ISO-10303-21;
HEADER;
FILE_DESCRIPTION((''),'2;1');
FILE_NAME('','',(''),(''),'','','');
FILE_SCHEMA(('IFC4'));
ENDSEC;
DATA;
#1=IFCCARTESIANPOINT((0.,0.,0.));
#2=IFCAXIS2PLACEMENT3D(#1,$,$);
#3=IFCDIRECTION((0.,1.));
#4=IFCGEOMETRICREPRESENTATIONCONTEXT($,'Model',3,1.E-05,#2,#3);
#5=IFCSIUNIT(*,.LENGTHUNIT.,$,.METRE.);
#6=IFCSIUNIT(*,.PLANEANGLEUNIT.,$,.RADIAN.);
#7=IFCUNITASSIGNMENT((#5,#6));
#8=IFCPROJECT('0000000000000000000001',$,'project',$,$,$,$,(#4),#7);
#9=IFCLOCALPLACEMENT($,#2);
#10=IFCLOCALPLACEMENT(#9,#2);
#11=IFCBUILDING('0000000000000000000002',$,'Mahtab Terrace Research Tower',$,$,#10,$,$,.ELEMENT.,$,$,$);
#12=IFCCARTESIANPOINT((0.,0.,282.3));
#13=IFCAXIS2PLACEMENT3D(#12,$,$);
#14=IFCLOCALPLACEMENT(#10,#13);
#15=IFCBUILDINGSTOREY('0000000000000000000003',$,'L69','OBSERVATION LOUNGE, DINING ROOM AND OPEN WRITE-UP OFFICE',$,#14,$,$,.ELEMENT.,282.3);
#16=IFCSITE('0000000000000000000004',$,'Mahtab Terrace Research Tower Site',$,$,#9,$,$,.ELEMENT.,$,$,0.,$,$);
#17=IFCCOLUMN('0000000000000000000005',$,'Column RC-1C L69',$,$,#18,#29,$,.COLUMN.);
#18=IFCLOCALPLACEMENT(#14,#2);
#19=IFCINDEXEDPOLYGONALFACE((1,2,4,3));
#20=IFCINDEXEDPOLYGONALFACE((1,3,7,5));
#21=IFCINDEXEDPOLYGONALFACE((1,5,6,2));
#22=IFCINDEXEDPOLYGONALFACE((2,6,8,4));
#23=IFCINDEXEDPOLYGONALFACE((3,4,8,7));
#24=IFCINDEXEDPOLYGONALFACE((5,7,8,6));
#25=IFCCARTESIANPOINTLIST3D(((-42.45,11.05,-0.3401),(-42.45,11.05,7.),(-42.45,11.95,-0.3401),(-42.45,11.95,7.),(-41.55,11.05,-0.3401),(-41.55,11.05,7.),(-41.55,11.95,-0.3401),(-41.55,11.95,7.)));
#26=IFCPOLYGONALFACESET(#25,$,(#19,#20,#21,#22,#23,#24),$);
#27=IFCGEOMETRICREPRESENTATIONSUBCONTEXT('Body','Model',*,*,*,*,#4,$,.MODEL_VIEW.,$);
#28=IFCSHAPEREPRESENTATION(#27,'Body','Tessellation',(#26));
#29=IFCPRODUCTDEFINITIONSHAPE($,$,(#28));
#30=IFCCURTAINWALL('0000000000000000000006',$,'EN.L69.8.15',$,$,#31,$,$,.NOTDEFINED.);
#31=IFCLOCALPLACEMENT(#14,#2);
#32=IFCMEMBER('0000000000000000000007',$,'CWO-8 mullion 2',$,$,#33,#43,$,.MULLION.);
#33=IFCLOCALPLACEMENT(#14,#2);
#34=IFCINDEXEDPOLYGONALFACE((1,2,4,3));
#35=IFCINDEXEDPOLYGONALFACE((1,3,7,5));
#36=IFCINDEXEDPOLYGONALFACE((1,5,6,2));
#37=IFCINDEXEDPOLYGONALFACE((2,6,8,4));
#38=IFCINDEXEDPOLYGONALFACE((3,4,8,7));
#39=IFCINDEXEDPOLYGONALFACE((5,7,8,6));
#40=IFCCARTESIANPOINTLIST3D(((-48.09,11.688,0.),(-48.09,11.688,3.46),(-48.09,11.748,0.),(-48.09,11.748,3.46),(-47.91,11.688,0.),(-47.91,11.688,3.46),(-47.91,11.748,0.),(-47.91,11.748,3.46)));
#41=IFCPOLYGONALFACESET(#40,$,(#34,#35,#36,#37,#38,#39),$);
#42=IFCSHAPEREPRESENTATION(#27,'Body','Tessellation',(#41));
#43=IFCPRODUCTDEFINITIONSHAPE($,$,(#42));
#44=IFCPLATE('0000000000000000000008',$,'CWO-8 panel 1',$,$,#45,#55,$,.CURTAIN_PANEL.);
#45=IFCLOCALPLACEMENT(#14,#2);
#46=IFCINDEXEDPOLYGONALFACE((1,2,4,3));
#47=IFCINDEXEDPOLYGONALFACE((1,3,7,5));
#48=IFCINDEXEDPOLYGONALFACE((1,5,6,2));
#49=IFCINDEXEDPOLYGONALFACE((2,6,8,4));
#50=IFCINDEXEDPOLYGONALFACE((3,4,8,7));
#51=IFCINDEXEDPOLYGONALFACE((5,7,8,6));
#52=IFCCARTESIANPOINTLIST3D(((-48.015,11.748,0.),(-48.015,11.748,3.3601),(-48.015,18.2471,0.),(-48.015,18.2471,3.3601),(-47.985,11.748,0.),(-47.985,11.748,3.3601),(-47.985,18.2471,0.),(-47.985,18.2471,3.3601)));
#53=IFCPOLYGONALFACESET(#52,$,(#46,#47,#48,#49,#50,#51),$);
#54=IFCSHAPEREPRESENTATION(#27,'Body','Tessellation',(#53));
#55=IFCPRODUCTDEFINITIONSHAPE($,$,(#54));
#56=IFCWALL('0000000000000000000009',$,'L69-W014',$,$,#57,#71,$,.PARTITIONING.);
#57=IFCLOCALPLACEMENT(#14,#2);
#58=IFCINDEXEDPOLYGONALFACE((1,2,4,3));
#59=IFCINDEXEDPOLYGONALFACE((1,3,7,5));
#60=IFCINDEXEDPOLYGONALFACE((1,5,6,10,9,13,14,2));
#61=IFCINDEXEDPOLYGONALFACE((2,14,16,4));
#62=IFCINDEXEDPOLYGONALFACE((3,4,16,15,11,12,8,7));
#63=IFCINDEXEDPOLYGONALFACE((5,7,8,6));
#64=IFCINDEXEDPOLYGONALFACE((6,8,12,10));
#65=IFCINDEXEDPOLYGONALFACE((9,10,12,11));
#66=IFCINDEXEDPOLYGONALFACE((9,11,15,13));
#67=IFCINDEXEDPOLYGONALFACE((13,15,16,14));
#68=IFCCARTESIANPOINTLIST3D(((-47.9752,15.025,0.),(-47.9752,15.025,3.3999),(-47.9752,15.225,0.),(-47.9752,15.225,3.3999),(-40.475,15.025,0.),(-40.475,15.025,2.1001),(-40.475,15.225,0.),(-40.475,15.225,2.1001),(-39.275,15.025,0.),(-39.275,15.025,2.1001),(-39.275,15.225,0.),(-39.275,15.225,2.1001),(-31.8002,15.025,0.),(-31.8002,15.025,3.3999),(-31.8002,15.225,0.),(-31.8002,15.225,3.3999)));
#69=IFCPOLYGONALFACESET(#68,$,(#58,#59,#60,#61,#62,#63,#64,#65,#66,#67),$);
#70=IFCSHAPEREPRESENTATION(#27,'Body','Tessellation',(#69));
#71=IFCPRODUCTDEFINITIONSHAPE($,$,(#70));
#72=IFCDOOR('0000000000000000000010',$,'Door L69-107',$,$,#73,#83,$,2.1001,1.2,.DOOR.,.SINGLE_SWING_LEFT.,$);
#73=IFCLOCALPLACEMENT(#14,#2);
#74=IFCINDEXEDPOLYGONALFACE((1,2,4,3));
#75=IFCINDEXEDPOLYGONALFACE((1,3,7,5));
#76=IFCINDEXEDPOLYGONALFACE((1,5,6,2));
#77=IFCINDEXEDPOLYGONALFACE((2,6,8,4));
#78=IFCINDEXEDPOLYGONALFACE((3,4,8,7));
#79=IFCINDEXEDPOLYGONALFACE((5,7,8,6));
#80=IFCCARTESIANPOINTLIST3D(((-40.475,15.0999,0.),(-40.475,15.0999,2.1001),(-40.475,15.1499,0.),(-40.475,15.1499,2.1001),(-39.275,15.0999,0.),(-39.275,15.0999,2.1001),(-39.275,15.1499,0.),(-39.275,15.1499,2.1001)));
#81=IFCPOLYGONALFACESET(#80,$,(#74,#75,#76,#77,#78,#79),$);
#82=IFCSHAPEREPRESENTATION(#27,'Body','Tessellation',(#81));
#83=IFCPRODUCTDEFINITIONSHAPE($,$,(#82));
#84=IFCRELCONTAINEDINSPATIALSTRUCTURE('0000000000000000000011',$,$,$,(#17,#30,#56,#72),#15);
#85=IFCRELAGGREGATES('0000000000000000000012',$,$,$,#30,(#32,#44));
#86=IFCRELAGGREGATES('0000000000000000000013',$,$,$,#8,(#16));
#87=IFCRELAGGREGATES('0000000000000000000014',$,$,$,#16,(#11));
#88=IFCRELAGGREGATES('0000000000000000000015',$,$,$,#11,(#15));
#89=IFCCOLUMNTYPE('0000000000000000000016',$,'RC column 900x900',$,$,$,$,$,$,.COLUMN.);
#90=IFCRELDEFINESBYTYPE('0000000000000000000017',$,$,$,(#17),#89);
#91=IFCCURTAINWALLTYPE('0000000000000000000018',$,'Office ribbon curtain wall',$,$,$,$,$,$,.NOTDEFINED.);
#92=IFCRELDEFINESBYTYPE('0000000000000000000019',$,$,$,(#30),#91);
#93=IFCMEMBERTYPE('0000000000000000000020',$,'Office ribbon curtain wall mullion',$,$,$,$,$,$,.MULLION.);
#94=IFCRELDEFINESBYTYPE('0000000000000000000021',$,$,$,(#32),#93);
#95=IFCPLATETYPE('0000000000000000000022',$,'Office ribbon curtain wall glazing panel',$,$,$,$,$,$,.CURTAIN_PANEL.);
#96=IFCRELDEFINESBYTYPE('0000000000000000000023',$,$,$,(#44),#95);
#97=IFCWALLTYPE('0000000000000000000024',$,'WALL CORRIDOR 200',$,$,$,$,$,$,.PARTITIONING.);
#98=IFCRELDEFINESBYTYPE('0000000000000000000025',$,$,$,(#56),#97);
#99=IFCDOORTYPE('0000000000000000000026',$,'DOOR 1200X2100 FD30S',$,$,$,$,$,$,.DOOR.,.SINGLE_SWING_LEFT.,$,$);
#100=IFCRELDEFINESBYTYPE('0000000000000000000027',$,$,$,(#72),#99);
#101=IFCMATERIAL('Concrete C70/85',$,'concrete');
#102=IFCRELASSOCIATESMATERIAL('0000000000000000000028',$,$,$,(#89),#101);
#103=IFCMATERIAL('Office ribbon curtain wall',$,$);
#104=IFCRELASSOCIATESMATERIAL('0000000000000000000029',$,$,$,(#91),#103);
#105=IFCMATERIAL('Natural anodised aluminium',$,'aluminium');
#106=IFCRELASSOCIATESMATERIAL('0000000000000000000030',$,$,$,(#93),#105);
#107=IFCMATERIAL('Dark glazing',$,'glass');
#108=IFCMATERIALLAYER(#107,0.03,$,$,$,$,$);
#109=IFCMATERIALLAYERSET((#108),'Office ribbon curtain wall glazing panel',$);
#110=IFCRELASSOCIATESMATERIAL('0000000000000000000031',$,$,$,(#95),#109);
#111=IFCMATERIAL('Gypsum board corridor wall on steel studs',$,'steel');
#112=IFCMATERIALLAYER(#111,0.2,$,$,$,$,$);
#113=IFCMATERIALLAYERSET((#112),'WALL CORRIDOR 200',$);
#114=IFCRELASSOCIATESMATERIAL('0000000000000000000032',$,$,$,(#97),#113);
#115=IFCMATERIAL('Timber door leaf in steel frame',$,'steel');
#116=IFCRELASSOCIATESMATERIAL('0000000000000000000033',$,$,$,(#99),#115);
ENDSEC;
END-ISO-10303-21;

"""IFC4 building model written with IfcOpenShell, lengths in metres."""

from ifc_helpers import new_model, si_unit, direction, frame, frame_2d, origin, origin_2d, place, context, subcontext, project, spatial, rectangle, extrude, material, layer, layer_set, material_profile, profile_set, type_object, element, fill, aggregate, save


model = new_model("IFC4")

# Units and contexts
model_context = context("Model", 3, precision=1e-05, world=origin(), true_north=direction((0.0, 1.0)))
body_context = subcontext(model_context, "Body", "Model", "MODEL_VIEW")
ifc_project = project(units=[si_unit("LENGTHUNIT", "METRE"), si_unit("PLANEANGLEUNIT", "RADIAN")], contexts=[model_context])

# Site, building, storey
site_placement = place(None, origin())
site = spatial("IfcSite", under=ifc_project, at=site_placement, Name="Mahtab Terrace Research Tower Site", CompositionType="ELEMENT", RefElevation=0.0)
building_placement = place(site_placement, origin())
building = spatial("IfcBuilding", under=site, at=building_placement, Name="Mahtab Terrace Research Tower", CompositionType="ELEMENT")
storey_placement = place(building_placement, frame((0.0, 0.0, 282.3)))
storey = spatial("IfcBuildingStorey", under=building, at=storey_placement, Name="L69", Description="OBSERVATION LOUNGE, DINING ROOM AND OPEN WRITE-UP OFFICE", CompositionType="ELEMENT", Elevation=282.3)

# Column
ifc_material_1 = material(Name="Concrete C70/85", Category="concrete")
ifc_material_profile_1 = material_profile(ifc_material_1, rectangle(XDim=0.8999, YDim=0.8999, at=origin_2d()), Name="RC column 900x900")
ifc_profile_set_1 = profile_set([ifc_material_profile_1], Name="Concrete C70/85")
column_type = type_object("IfcColumnType", Name="RC column 900x900", PredefinedType="COLUMN", material=ifc_profile_set_1)
column_placement = place(storey_placement, frame((-42.0, 11.5, -0.3401), z_axis=(0.0, 0.0, 1.0), x_axis=(1.0, 0.0, 0.0)))
element("IfcColumn", 1, at=column_placement, inside=storey, type_object=column_type, Name="Column RC-1C L69", PredefinedType="COLUMN", context=body_context, shape_type="SweptSolid", body=[
    extrude(rectangle(XDim=0.8999, YDim=0.8999, at=origin_2d()), origin(), (0.0, 0.0, 1.0), 7.3401),
])

# Curtain wall, member, plate
ifc_material_2 = material(Name="Office ribbon curtain wall")
curtain_wall_type = type_object("IfcCurtainWallType", Name="Office ribbon curtain wall", PredefinedType="NOTDEFINED", material=ifc_material_2)
curtain_wall_placement = place(storey_placement, origin())
curtain_wall = element("IfcCurtainWall", 2, at=curtain_wall_placement, inside=storey, type_object=curtain_wall_type, Name="EN.L69.8.15", PredefinedType="NOTDEFINED")
ifc_material_3 = material(Name="Natural anodised aluminium", Category="aluminium")
ifc_material_profile_2 = material_profile(ifc_material_3, rectangle(XDim=0.1799, YDim=0.0601, at=origin_2d()), Name="MULLION 60x180")
ifc_profile_set_2 = profile_set([ifc_material_profile_2], Name="Natural anodised aluminium")
member_type = type_object("IfcMemberType", Name="Office ribbon curtain wall mullion", PredefinedType="MULLION", material=ifc_profile_set_2)
member_placement = place(storey_placement, frame((-48.0, 11.718, 0.0), z_axis=(0.0, 0.0, 1.0), x_axis=(1.0, 0.0, 0.0)))
member = element("IfcMember", 3, at=member_placement, type_object=member_type, Name="CWO-8 mullion 2", PredefinedType="MULLION", context=body_context, shape_type="SweptSolid", body=[
    extrude(rectangle(XDim=0.1799, YDim=0.0601, at=origin_2d()), origin(), (0.0, 0.0, 1.0), 3.46),
])
ifc_material_4 = material(Name="Dark glazing", Category="glass")
ifc_layer_1 = layer(ifc_material_4, 0.03)
ifc_layer_set_1 = layer_set([ifc_layer_1], Name="Office ribbon curtain wall glazing panel")
plate_type = type_object("IfcPlateType", Name="Office ribbon curtain wall glazing panel", PredefinedType="CURTAIN_PANEL", material=ifc_layer_set_1)
plate_placement = place(storey_placement, frame((-48.0, 14.9976, 0.0), z_axis=(0.0, 0.0, 1.0), x_axis=(0.0, -1.0, 0.0)))
plate = element("IfcPlate", 4, at=plate_placement, type_object=plate_type, Name="CWO-8 panel 1", PredefinedType="CURTAIN_PANEL", context=body_context, shape_type="SweptSolid", body=[
    extrude(rectangle(XDim=6.499, YDim=0.03, at=origin_2d()), origin(), (0.0, 0.0, 1.0), 3.3601),
])
aggregate(curtain_wall, [member, plate])

# Wall, opening, door
ifc_material_5 = material(Name="Gypsum board corridor wall on steel studs", Category="steel")
ifc_layer_2 = layer(ifc_material_5, 0.2)
ifc_layer_set_2 = layer_set([ifc_layer_2], Name="WALL CORRIDOR 200")
wall_type = type_object("IfcWallType", Name="WALL CORRIDOR 200", PredefinedType="PARTITIONING", material=ifc_layer_set_2)
wall_1_placement = place(storey_placement, frame((-47.9751, 15.125, 0.0), z_axis=(0.0, 0.0, 1.0), x_axis=(1.0, 0.0, 0.0)))
wall_1 = element("IfcWall", 5, at=wall_1_placement, inside=storey, type_object=wall_type, Name="L69-W014", PredefinedType="PARTITIONING", context=body_context, shape_type="SweptSolid", body=[
    extrude(rectangle(XDim=16.175, YDim=0.2, at=frame_2d((8.0874, 0.0))), origin(), (0.0, 0.0, 1.0), 3.3999),
])
opening_1_placement = place(wall_1_placement, frame((7.5, 0.0, 0.0)))
opening_1 = element("IfcOpeningElement", 6, at=opening_1_placement, cuts=wall_1, PredefinedType="OPENING", context=body_context, shape_type="SweptSolid", body=[
    extrude(rectangle(XDim=1.2, YDim=2.1001, at=frame_2d((0.6001, 1.05))), frame((0.0, 0.1099, 0.0), z_axis=(0.0, -1.0, 0.0), x_axis=(1.0, 0.0, 0.0)), (0.0, 0.0, 1.0), 0.22),
])
ifc_material_6 = material(Name="Timber door leaf in steel frame", Category="steel")
door_type_1 = type_object("IfcDoorType", Name="DOOR 1200X2100 FD30S", OperationType="SINGLE_SWING_LEFT", PredefinedType="DOOR", material=ifc_material_6)
door_1_placement = place(opening_1_placement, origin())
door_1 = element("IfcDoor", 7, at=door_1_placement, inside=storey, type_object=door_type_1, Name="Door L69-107", OperationType="SINGLE_SWING_LEFT", OverallHeight=2.1001, OverallWidth=1.2, PredefinedType="DOOR", context=body_context, shape_type="SweptSolid", body=[
    extrude(rectangle(XDim=1.2, YDim=2.1001, at=frame_2d((0.6001, 1.05))), frame((0.0, 0.0249, 0.0), z_axis=(0.0, -1.0, 0.0), x_axis=(1.0, 0.0, 0.0)), (0.0, 0.0, 1.0), 0.05),
])
fill(opening_1, door_1)

save(model, "model.ifc")
